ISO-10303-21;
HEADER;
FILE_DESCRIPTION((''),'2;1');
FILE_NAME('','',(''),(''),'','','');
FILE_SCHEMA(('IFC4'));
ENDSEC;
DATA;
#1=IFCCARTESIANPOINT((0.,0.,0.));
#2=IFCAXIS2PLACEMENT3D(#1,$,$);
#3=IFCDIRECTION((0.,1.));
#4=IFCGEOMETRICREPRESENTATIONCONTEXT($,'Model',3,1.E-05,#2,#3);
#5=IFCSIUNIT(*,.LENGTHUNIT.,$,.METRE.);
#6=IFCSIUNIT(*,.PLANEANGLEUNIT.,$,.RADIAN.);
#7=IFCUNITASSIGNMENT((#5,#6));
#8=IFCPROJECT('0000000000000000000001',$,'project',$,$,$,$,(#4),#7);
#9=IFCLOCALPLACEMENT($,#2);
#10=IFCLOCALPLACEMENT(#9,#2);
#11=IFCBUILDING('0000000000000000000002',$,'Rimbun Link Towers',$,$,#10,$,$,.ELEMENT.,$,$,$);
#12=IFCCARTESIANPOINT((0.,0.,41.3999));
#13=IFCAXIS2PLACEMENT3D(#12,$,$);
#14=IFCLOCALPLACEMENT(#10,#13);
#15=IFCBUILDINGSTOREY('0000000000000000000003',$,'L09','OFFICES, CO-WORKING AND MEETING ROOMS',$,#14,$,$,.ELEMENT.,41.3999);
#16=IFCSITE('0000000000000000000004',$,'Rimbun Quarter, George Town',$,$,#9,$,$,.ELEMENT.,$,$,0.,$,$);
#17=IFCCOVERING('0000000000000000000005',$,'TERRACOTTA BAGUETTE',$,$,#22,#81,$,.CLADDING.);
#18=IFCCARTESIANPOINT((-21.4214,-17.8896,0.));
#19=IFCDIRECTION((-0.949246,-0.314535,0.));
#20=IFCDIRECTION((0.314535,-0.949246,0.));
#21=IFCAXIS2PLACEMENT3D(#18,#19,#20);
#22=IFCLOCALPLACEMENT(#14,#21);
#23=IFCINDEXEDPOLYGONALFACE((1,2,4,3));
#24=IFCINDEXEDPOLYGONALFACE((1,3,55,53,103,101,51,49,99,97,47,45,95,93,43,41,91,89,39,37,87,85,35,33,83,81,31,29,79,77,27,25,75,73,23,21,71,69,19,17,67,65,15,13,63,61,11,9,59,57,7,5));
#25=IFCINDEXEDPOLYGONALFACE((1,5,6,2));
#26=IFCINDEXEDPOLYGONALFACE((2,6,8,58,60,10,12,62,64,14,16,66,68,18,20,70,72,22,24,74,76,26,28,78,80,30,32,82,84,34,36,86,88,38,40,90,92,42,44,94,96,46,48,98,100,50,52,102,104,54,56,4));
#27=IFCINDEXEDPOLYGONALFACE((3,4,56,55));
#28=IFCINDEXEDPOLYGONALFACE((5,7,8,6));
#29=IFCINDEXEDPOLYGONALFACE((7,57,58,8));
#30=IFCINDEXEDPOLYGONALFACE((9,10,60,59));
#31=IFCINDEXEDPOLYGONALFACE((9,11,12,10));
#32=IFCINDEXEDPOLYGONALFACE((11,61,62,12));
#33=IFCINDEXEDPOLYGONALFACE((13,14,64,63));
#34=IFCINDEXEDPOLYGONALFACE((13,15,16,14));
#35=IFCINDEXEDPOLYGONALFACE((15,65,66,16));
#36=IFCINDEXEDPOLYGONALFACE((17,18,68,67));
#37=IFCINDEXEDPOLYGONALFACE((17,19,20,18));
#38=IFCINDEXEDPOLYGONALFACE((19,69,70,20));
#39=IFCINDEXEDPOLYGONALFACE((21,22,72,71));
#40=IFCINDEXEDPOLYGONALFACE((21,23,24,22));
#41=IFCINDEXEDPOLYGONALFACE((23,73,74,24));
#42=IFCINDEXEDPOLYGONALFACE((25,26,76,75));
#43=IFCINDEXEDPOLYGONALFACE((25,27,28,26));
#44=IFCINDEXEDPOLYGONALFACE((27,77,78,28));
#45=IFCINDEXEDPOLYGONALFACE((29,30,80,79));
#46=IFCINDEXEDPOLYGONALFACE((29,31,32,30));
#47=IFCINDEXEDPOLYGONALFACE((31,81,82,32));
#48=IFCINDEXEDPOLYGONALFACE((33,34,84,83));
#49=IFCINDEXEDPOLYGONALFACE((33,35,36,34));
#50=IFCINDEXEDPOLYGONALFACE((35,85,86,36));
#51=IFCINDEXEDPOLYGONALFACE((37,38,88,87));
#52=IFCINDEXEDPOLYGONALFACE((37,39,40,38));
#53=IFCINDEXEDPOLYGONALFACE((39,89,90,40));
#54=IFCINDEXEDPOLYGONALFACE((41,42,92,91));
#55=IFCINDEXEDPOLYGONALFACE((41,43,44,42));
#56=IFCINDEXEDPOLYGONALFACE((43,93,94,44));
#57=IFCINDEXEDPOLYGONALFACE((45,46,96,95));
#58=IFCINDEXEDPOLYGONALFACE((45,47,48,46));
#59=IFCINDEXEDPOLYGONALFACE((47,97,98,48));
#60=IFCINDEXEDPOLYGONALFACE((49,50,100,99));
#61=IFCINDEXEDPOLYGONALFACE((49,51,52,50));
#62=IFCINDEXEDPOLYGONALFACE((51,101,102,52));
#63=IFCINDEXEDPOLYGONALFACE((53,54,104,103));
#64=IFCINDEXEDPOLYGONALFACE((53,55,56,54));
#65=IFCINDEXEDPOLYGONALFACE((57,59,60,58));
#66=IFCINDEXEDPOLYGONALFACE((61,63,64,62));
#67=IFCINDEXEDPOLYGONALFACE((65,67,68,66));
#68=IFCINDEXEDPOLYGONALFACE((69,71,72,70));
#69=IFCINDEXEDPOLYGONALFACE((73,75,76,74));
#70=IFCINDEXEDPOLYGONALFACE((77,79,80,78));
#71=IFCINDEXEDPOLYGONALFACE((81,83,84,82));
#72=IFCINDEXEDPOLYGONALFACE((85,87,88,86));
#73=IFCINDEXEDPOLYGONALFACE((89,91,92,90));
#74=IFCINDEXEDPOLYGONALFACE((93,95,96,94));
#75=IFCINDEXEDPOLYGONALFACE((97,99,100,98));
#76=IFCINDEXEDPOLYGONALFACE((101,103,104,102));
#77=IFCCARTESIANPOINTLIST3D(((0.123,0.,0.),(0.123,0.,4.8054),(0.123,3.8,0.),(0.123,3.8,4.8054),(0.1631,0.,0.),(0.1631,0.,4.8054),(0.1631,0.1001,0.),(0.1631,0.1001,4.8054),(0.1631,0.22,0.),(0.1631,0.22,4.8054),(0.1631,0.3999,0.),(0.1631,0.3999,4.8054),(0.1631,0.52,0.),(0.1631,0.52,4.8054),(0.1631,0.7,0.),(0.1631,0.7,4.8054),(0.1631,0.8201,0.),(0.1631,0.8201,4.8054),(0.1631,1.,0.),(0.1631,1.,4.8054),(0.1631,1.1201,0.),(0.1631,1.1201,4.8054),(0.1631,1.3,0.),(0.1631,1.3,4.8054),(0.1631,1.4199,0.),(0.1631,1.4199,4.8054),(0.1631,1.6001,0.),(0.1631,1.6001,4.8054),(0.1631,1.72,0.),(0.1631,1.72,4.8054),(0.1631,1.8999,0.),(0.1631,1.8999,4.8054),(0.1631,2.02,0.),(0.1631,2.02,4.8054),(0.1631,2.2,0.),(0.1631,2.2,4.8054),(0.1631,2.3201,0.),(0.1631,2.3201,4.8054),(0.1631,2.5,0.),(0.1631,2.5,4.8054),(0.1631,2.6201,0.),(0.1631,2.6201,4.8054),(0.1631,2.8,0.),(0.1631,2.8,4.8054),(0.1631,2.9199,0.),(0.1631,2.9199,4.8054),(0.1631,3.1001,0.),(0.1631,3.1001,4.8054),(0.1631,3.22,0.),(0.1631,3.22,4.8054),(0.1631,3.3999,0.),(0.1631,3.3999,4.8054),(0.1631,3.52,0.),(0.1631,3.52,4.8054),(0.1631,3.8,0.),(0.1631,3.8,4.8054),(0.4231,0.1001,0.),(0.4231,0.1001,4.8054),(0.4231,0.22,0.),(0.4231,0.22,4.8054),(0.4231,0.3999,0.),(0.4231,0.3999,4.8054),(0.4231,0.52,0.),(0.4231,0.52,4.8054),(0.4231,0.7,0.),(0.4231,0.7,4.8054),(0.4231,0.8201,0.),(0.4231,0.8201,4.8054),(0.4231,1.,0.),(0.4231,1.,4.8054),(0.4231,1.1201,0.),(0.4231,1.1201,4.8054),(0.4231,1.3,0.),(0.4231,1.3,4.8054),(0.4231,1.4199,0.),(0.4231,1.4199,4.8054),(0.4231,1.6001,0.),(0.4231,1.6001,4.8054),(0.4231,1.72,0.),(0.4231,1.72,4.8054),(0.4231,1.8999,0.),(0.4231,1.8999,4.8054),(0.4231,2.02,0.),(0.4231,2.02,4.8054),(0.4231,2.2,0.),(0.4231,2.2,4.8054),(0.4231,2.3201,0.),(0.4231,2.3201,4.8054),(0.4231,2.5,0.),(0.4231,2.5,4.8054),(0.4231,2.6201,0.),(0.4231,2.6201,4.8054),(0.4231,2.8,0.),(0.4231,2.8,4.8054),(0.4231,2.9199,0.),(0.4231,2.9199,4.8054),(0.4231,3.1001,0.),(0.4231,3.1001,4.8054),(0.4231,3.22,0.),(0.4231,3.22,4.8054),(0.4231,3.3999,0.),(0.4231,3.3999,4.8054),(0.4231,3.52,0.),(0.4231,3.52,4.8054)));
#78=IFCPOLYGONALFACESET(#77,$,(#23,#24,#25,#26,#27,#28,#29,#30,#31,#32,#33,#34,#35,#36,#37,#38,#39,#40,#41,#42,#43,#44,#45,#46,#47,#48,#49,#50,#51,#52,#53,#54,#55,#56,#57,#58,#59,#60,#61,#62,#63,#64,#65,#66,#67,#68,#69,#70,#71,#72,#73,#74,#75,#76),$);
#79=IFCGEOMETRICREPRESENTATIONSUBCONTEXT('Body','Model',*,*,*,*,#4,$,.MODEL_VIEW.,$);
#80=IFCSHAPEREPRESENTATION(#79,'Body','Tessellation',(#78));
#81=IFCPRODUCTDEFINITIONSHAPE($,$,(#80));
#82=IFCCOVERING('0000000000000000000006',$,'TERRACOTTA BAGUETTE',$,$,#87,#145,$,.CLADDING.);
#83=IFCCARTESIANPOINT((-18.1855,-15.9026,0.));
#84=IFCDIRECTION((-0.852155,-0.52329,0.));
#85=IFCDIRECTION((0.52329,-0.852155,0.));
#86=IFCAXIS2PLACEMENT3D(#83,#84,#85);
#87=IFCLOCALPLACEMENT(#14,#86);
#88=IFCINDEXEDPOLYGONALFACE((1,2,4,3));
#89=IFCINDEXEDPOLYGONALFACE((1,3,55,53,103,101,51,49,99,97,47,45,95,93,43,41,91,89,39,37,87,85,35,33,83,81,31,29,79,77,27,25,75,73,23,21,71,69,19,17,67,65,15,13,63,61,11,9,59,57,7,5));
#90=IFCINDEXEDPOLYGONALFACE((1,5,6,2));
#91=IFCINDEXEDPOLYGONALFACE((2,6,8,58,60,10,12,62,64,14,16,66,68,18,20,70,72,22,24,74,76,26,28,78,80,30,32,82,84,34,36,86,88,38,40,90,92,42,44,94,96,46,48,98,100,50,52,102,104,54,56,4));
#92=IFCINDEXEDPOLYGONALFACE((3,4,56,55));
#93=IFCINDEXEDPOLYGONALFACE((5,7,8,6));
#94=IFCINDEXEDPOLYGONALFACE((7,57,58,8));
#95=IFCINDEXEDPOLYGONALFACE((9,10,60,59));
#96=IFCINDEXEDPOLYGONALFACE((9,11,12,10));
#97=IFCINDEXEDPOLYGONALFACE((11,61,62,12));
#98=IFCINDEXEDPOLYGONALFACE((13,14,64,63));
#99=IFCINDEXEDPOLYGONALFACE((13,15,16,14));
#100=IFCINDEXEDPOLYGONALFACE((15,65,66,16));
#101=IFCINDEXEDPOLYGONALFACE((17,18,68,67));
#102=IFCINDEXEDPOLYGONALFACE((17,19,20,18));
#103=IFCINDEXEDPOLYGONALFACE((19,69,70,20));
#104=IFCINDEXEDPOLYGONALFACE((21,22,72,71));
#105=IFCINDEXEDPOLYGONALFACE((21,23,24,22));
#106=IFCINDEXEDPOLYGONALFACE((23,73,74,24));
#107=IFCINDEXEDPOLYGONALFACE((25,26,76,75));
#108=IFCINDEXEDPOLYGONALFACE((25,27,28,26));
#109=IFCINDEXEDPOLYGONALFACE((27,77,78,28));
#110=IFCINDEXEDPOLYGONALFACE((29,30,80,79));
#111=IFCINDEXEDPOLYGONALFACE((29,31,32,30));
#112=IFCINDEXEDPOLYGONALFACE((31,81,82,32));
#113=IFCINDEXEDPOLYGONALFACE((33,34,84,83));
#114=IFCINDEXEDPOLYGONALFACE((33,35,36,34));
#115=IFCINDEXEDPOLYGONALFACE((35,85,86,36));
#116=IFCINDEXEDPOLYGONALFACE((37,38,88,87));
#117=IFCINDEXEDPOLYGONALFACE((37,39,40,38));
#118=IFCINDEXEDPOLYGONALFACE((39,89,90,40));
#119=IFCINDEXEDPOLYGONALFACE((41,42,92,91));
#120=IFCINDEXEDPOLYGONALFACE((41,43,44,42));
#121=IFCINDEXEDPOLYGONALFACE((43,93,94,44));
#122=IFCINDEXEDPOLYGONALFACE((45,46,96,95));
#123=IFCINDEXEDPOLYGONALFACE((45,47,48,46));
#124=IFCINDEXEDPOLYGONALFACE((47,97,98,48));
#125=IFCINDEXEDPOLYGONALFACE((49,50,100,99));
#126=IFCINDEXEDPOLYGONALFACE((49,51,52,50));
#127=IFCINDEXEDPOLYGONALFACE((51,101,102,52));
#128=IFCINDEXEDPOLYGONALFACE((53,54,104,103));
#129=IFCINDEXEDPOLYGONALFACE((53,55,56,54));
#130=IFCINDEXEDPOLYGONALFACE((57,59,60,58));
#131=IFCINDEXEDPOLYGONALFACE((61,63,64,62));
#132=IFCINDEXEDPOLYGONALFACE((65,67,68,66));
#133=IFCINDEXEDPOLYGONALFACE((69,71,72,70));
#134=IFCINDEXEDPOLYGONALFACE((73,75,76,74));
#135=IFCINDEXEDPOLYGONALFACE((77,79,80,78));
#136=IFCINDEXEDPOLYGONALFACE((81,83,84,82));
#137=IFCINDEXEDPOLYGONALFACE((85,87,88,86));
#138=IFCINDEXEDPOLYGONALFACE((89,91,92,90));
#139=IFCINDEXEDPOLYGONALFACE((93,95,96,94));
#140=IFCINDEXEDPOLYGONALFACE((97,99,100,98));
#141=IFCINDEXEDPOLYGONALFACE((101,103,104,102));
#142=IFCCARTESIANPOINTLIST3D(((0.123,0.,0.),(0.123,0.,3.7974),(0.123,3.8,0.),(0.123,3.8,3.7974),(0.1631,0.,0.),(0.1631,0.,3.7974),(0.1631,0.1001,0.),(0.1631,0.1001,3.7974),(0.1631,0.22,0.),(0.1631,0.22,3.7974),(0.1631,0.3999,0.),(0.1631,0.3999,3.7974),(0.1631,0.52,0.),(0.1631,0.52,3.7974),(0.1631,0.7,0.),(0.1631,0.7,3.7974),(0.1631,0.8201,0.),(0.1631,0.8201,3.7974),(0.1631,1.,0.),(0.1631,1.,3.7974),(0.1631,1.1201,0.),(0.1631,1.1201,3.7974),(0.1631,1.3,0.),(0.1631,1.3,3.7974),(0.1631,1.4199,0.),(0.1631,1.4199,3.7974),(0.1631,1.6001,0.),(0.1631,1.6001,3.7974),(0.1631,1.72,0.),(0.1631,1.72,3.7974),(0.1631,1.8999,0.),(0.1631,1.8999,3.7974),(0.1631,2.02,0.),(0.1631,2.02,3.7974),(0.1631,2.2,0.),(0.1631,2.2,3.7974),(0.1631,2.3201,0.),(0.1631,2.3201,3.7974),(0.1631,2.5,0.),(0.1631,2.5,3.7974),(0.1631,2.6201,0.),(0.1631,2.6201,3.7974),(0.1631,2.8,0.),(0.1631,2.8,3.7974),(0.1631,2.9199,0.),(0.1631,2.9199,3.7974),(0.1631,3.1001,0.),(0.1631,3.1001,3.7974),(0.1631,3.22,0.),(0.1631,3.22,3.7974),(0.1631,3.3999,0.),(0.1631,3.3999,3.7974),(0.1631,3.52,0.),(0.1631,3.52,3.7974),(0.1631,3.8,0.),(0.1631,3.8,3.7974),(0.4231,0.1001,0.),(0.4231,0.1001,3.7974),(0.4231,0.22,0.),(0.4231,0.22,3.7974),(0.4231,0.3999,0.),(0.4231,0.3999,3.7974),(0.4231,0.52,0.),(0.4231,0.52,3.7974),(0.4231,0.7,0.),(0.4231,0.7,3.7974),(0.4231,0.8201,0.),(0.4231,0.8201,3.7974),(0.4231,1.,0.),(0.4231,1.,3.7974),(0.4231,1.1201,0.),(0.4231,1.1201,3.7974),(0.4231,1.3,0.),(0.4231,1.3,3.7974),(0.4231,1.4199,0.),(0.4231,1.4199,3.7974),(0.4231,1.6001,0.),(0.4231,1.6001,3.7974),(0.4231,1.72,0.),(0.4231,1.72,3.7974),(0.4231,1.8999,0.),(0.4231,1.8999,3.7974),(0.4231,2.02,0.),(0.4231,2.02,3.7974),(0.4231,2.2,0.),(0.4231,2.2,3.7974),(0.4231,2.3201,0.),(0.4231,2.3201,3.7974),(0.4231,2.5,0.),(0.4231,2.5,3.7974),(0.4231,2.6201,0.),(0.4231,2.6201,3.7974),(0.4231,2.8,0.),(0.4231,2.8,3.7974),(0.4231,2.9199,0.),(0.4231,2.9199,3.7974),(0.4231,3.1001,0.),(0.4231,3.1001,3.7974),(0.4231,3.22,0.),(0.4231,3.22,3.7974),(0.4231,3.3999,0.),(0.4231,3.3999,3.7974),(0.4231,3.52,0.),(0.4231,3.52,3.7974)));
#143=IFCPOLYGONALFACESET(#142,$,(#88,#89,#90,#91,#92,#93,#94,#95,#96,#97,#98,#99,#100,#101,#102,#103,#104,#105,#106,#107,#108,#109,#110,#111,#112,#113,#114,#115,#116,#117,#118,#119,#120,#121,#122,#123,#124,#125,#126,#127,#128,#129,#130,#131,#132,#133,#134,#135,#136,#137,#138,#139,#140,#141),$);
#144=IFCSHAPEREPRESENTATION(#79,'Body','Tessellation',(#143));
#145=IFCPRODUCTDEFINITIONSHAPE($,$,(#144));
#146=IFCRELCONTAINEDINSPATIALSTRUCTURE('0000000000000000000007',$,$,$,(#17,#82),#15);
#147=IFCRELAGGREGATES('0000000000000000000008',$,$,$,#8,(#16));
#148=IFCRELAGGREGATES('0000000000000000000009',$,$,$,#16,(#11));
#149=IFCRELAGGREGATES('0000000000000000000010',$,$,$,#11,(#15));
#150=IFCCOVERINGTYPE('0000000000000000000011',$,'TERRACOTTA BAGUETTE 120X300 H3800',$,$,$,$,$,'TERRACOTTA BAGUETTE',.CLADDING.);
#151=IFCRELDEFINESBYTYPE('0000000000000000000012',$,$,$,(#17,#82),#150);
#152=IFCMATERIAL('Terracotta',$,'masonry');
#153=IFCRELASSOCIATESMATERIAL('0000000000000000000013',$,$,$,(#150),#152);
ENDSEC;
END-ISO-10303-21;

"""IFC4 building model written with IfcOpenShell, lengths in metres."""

from ifc_helpers import new_model, si_unit, direction, frame, origin, place, context, subcontext, project, spatial, polyline, outline, extrude, material, material_profile, profile_set, type_object, element, save


model = new_model("IFC4")

# Units and contexts
model_context = context("Model", 3, precision=1e-05, world=origin(), true_north=direction((0.0, 1.0)))
body_context = subcontext(model_context, "Body", "Model", "MODEL_VIEW")
ifc_project = project(units=[si_unit("LENGTHUNIT", "METRE"), si_unit("PLANEANGLEUNIT", "RADIAN")], contexts=[model_context])

# Site, building, storey
site_placement = place(None, origin())
site = spatial("IfcSite", under=ifc_project, at=site_placement, Name="Rimbun Quarter, George Town", CompositionType="ELEMENT", RefElevation=0.0)
building_placement = place(site_placement, origin())
building = spatial("IfcBuilding", under=site, at=building_placement, Name="Rimbun Link Towers", CompositionType="ELEMENT")
storey_placement = place(building_placement, frame((0.0, 0.0, 41.3999)))
storey = spatial("IfcBuildingStorey", under=building, at=storey_placement, Name="L09", Description="OFFICES, CO-WORKING AND MEETING ROOMS", CompositionType="ELEMENT", Elevation=41.3999)

# Coverings
ifc_material_1 = material(Name="Terracotta", Category="masonry")
ifc_material_profile_1 = material_profile(ifc_material_1, outline(polyline([(0.123, 0.0), (0.1631, 0.0), (0.1631, 0.1001), (0.4231, 0.1001), (0.4231, 0.22), (0.1631, 0.22), (0.1631, 0.3999), (0.4231, 0.3999), (0.4231, 0.52), (0.1631, 0.52), (0.1631, 0.7), (0.4231, 0.7), (0.4231, 0.8201), (0.1631, 0.8201), (0.1631, 1.0), (0.4231, 1.0), (0.4231, 1.1201), (0.1631, 1.1201), (0.1631, 1.3), (0.4231, 1.3), (0.4231, 1.4199), (0.1631, 1.4199), (0.1631, 1.6001), (0.4231, 1.6001), (0.4231, 1.72), (0.1631, 1.72), (0.1631, 1.8999), (0.4231, 1.8999), (0.4231, 2.02), (0.1631, 2.02), (0.1631, 2.2), (0.4231, 2.2), (0.4231, 2.3201), (0.1631, 2.3201), (0.1631, 2.5), (0.4231, 2.5), (0.4231, 2.6201), (0.1631, 2.6201), (0.1631, 2.8), (0.4231, 2.8), (0.4231, 2.9199), (0.1631, 2.9199), (0.1631, 3.1001), (0.4231, 3.1001), (0.4231, 3.22), (0.1631, 3.22), (0.1631, 3.3999), (0.4231, 3.3999), (0.4231, 3.52), (0.1631, 3.52), (0.1631, 3.8), (0.123, 3.8), (0.123, 0.0)])), Name="BAGUETTE 120X300")
ifc_profile_set_1 = profile_set([ifc_material_profile_1], Name="Terracotta")
covering_type = type_object("IfcCoveringType", Name="TERRACOTTA BAGUETTE 120X300 H3800", ElementType="TERRACOTTA BAGUETTE", PredefinedType="CLADDING", material=ifc_profile_set_1)
covering_1_placement = place(storey_placement, frame((-21.4214, -17.8896, 0.0), z_axis=(-0.949246, -0.314535, 0.0), x_axis=(0.314535, -0.949246, 0.0)))
element("IfcCovering", 1, at=covering_1_placement, inside=storey, type_object=covering_type, Name="TERRACOTTA BAGUETTE", PredefinedType="CLADDING", context=body_context, shape_type="SweptSolid", body=[
    extrude(outline(polyline([(0.123, 0.0), (0.1631, 0.0), (0.1631, 0.1001), (0.4231, 0.1001), (0.4231, 0.22), (0.1631, 0.22), (0.1631, 0.3999), (0.4231, 0.3999), (0.4231, 0.52), (0.1631, 0.52), (0.1631, 0.7), (0.4231, 0.7), (0.4231, 0.8201), (0.1631, 0.8201), (0.1631, 1.0), (0.4231, 1.0), (0.4231, 1.1201), (0.1631, 1.1201), (0.1631, 1.3), (0.4231, 1.3), (0.4231, 1.4199), (0.1631, 1.4199), (0.1631, 1.6001), (0.4231, 1.6001), (0.4231, 1.72), (0.1631, 1.72), (0.1631, 1.8999), (0.4231, 1.8999), (0.4231, 2.02), (0.1631, 2.02), (0.1631, 2.2), (0.4231, 2.2), (0.4231, 2.3201), (0.1631, 2.3201), (0.1631, 2.5), (0.4231, 2.5), (0.4231, 2.6201), (0.1631, 2.6201), (0.1631, 2.8), (0.4231, 2.8), (0.4231, 2.9199), (0.1631, 2.9199), (0.1631, 3.1001), (0.4231, 3.1001), (0.4231, 3.22), (0.1631, 3.22), (0.1631, 3.3999), (0.4231, 3.3999), (0.4231, 3.52), (0.1631, 3.52), (0.1631, 3.8), (0.123, 3.8), (0.123, 0.0)])), origin(), (0.0, 0.0, 1.0), 4.8054),
])
covering_2_placement = place(storey_placement, frame((-18.1855, -15.9026, 0.0), z_axis=(-0.852155, -0.52329, 0.0), x_axis=(0.52329, -0.852155, 0.0)))
element("IfcCovering", 2, at=covering_2_placement, inside=storey, type_object=covering_type, Name="TERRACOTTA BAGUETTE", PredefinedType="CLADDING", context=body_context, shape_type="SweptSolid", body=[
    extrude(outline(polyline([(0.123, 0.0), (0.1631, 0.0), (0.1631, 0.1001), (0.4231, 0.1001), (0.4231, 0.22), (0.1631, 0.22), (0.1631, 0.3999), (0.4231, 0.3999), (0.4231, 0.52), (0.1631, 0.52), (0.1631, 0.7), (0.4231, 0.7), (0.4231, 0.8201), (0.1631, 0.8201), (0.1631, 1.0), (0.4231, 1.0), (0.4231, 1.1201), (0.1631, 1.1201), (0.1631, 1.3), (0.4231, 1.3), (0.4231, 1.4199), (0.1631, 1.4199), (0.1631, 1.6001), (0.4231, 1.6001), (0.4231, 1.72), (0.1631, 1.72), (0.1631, 1.8999), (0.4231, 1.8999), (0.4231, 2.02), (0.1631, 2.02), (0.1631, 2.2), (0.4231, 2.2), (0.4231, 2.3201), (0.1631, 2.3201), (0.1631, 2.5), (0.4231, 2.5), (0.4231, 2.6201), (0.1631, 2.6201), (0.1631, 2.8), (0.4231, 2.8), (0.4231, 2.9199), (0.1631, 2.9199), (0.1631, 3.1001), (0.4231, 3.1001), (0.4231, 3.22), (0.1631, 3.22), (0.1631, 3.3999), (0.4231, 3.3999), (0.4231, 3.52), (0.1631, 3.52), (0.1631, 3.8), (0.123, 3.8), (0.123, 0.0)])), origin(), (0.0, 0.0, 1.0), 3.7974),
])

save(model, "model.ifc")
